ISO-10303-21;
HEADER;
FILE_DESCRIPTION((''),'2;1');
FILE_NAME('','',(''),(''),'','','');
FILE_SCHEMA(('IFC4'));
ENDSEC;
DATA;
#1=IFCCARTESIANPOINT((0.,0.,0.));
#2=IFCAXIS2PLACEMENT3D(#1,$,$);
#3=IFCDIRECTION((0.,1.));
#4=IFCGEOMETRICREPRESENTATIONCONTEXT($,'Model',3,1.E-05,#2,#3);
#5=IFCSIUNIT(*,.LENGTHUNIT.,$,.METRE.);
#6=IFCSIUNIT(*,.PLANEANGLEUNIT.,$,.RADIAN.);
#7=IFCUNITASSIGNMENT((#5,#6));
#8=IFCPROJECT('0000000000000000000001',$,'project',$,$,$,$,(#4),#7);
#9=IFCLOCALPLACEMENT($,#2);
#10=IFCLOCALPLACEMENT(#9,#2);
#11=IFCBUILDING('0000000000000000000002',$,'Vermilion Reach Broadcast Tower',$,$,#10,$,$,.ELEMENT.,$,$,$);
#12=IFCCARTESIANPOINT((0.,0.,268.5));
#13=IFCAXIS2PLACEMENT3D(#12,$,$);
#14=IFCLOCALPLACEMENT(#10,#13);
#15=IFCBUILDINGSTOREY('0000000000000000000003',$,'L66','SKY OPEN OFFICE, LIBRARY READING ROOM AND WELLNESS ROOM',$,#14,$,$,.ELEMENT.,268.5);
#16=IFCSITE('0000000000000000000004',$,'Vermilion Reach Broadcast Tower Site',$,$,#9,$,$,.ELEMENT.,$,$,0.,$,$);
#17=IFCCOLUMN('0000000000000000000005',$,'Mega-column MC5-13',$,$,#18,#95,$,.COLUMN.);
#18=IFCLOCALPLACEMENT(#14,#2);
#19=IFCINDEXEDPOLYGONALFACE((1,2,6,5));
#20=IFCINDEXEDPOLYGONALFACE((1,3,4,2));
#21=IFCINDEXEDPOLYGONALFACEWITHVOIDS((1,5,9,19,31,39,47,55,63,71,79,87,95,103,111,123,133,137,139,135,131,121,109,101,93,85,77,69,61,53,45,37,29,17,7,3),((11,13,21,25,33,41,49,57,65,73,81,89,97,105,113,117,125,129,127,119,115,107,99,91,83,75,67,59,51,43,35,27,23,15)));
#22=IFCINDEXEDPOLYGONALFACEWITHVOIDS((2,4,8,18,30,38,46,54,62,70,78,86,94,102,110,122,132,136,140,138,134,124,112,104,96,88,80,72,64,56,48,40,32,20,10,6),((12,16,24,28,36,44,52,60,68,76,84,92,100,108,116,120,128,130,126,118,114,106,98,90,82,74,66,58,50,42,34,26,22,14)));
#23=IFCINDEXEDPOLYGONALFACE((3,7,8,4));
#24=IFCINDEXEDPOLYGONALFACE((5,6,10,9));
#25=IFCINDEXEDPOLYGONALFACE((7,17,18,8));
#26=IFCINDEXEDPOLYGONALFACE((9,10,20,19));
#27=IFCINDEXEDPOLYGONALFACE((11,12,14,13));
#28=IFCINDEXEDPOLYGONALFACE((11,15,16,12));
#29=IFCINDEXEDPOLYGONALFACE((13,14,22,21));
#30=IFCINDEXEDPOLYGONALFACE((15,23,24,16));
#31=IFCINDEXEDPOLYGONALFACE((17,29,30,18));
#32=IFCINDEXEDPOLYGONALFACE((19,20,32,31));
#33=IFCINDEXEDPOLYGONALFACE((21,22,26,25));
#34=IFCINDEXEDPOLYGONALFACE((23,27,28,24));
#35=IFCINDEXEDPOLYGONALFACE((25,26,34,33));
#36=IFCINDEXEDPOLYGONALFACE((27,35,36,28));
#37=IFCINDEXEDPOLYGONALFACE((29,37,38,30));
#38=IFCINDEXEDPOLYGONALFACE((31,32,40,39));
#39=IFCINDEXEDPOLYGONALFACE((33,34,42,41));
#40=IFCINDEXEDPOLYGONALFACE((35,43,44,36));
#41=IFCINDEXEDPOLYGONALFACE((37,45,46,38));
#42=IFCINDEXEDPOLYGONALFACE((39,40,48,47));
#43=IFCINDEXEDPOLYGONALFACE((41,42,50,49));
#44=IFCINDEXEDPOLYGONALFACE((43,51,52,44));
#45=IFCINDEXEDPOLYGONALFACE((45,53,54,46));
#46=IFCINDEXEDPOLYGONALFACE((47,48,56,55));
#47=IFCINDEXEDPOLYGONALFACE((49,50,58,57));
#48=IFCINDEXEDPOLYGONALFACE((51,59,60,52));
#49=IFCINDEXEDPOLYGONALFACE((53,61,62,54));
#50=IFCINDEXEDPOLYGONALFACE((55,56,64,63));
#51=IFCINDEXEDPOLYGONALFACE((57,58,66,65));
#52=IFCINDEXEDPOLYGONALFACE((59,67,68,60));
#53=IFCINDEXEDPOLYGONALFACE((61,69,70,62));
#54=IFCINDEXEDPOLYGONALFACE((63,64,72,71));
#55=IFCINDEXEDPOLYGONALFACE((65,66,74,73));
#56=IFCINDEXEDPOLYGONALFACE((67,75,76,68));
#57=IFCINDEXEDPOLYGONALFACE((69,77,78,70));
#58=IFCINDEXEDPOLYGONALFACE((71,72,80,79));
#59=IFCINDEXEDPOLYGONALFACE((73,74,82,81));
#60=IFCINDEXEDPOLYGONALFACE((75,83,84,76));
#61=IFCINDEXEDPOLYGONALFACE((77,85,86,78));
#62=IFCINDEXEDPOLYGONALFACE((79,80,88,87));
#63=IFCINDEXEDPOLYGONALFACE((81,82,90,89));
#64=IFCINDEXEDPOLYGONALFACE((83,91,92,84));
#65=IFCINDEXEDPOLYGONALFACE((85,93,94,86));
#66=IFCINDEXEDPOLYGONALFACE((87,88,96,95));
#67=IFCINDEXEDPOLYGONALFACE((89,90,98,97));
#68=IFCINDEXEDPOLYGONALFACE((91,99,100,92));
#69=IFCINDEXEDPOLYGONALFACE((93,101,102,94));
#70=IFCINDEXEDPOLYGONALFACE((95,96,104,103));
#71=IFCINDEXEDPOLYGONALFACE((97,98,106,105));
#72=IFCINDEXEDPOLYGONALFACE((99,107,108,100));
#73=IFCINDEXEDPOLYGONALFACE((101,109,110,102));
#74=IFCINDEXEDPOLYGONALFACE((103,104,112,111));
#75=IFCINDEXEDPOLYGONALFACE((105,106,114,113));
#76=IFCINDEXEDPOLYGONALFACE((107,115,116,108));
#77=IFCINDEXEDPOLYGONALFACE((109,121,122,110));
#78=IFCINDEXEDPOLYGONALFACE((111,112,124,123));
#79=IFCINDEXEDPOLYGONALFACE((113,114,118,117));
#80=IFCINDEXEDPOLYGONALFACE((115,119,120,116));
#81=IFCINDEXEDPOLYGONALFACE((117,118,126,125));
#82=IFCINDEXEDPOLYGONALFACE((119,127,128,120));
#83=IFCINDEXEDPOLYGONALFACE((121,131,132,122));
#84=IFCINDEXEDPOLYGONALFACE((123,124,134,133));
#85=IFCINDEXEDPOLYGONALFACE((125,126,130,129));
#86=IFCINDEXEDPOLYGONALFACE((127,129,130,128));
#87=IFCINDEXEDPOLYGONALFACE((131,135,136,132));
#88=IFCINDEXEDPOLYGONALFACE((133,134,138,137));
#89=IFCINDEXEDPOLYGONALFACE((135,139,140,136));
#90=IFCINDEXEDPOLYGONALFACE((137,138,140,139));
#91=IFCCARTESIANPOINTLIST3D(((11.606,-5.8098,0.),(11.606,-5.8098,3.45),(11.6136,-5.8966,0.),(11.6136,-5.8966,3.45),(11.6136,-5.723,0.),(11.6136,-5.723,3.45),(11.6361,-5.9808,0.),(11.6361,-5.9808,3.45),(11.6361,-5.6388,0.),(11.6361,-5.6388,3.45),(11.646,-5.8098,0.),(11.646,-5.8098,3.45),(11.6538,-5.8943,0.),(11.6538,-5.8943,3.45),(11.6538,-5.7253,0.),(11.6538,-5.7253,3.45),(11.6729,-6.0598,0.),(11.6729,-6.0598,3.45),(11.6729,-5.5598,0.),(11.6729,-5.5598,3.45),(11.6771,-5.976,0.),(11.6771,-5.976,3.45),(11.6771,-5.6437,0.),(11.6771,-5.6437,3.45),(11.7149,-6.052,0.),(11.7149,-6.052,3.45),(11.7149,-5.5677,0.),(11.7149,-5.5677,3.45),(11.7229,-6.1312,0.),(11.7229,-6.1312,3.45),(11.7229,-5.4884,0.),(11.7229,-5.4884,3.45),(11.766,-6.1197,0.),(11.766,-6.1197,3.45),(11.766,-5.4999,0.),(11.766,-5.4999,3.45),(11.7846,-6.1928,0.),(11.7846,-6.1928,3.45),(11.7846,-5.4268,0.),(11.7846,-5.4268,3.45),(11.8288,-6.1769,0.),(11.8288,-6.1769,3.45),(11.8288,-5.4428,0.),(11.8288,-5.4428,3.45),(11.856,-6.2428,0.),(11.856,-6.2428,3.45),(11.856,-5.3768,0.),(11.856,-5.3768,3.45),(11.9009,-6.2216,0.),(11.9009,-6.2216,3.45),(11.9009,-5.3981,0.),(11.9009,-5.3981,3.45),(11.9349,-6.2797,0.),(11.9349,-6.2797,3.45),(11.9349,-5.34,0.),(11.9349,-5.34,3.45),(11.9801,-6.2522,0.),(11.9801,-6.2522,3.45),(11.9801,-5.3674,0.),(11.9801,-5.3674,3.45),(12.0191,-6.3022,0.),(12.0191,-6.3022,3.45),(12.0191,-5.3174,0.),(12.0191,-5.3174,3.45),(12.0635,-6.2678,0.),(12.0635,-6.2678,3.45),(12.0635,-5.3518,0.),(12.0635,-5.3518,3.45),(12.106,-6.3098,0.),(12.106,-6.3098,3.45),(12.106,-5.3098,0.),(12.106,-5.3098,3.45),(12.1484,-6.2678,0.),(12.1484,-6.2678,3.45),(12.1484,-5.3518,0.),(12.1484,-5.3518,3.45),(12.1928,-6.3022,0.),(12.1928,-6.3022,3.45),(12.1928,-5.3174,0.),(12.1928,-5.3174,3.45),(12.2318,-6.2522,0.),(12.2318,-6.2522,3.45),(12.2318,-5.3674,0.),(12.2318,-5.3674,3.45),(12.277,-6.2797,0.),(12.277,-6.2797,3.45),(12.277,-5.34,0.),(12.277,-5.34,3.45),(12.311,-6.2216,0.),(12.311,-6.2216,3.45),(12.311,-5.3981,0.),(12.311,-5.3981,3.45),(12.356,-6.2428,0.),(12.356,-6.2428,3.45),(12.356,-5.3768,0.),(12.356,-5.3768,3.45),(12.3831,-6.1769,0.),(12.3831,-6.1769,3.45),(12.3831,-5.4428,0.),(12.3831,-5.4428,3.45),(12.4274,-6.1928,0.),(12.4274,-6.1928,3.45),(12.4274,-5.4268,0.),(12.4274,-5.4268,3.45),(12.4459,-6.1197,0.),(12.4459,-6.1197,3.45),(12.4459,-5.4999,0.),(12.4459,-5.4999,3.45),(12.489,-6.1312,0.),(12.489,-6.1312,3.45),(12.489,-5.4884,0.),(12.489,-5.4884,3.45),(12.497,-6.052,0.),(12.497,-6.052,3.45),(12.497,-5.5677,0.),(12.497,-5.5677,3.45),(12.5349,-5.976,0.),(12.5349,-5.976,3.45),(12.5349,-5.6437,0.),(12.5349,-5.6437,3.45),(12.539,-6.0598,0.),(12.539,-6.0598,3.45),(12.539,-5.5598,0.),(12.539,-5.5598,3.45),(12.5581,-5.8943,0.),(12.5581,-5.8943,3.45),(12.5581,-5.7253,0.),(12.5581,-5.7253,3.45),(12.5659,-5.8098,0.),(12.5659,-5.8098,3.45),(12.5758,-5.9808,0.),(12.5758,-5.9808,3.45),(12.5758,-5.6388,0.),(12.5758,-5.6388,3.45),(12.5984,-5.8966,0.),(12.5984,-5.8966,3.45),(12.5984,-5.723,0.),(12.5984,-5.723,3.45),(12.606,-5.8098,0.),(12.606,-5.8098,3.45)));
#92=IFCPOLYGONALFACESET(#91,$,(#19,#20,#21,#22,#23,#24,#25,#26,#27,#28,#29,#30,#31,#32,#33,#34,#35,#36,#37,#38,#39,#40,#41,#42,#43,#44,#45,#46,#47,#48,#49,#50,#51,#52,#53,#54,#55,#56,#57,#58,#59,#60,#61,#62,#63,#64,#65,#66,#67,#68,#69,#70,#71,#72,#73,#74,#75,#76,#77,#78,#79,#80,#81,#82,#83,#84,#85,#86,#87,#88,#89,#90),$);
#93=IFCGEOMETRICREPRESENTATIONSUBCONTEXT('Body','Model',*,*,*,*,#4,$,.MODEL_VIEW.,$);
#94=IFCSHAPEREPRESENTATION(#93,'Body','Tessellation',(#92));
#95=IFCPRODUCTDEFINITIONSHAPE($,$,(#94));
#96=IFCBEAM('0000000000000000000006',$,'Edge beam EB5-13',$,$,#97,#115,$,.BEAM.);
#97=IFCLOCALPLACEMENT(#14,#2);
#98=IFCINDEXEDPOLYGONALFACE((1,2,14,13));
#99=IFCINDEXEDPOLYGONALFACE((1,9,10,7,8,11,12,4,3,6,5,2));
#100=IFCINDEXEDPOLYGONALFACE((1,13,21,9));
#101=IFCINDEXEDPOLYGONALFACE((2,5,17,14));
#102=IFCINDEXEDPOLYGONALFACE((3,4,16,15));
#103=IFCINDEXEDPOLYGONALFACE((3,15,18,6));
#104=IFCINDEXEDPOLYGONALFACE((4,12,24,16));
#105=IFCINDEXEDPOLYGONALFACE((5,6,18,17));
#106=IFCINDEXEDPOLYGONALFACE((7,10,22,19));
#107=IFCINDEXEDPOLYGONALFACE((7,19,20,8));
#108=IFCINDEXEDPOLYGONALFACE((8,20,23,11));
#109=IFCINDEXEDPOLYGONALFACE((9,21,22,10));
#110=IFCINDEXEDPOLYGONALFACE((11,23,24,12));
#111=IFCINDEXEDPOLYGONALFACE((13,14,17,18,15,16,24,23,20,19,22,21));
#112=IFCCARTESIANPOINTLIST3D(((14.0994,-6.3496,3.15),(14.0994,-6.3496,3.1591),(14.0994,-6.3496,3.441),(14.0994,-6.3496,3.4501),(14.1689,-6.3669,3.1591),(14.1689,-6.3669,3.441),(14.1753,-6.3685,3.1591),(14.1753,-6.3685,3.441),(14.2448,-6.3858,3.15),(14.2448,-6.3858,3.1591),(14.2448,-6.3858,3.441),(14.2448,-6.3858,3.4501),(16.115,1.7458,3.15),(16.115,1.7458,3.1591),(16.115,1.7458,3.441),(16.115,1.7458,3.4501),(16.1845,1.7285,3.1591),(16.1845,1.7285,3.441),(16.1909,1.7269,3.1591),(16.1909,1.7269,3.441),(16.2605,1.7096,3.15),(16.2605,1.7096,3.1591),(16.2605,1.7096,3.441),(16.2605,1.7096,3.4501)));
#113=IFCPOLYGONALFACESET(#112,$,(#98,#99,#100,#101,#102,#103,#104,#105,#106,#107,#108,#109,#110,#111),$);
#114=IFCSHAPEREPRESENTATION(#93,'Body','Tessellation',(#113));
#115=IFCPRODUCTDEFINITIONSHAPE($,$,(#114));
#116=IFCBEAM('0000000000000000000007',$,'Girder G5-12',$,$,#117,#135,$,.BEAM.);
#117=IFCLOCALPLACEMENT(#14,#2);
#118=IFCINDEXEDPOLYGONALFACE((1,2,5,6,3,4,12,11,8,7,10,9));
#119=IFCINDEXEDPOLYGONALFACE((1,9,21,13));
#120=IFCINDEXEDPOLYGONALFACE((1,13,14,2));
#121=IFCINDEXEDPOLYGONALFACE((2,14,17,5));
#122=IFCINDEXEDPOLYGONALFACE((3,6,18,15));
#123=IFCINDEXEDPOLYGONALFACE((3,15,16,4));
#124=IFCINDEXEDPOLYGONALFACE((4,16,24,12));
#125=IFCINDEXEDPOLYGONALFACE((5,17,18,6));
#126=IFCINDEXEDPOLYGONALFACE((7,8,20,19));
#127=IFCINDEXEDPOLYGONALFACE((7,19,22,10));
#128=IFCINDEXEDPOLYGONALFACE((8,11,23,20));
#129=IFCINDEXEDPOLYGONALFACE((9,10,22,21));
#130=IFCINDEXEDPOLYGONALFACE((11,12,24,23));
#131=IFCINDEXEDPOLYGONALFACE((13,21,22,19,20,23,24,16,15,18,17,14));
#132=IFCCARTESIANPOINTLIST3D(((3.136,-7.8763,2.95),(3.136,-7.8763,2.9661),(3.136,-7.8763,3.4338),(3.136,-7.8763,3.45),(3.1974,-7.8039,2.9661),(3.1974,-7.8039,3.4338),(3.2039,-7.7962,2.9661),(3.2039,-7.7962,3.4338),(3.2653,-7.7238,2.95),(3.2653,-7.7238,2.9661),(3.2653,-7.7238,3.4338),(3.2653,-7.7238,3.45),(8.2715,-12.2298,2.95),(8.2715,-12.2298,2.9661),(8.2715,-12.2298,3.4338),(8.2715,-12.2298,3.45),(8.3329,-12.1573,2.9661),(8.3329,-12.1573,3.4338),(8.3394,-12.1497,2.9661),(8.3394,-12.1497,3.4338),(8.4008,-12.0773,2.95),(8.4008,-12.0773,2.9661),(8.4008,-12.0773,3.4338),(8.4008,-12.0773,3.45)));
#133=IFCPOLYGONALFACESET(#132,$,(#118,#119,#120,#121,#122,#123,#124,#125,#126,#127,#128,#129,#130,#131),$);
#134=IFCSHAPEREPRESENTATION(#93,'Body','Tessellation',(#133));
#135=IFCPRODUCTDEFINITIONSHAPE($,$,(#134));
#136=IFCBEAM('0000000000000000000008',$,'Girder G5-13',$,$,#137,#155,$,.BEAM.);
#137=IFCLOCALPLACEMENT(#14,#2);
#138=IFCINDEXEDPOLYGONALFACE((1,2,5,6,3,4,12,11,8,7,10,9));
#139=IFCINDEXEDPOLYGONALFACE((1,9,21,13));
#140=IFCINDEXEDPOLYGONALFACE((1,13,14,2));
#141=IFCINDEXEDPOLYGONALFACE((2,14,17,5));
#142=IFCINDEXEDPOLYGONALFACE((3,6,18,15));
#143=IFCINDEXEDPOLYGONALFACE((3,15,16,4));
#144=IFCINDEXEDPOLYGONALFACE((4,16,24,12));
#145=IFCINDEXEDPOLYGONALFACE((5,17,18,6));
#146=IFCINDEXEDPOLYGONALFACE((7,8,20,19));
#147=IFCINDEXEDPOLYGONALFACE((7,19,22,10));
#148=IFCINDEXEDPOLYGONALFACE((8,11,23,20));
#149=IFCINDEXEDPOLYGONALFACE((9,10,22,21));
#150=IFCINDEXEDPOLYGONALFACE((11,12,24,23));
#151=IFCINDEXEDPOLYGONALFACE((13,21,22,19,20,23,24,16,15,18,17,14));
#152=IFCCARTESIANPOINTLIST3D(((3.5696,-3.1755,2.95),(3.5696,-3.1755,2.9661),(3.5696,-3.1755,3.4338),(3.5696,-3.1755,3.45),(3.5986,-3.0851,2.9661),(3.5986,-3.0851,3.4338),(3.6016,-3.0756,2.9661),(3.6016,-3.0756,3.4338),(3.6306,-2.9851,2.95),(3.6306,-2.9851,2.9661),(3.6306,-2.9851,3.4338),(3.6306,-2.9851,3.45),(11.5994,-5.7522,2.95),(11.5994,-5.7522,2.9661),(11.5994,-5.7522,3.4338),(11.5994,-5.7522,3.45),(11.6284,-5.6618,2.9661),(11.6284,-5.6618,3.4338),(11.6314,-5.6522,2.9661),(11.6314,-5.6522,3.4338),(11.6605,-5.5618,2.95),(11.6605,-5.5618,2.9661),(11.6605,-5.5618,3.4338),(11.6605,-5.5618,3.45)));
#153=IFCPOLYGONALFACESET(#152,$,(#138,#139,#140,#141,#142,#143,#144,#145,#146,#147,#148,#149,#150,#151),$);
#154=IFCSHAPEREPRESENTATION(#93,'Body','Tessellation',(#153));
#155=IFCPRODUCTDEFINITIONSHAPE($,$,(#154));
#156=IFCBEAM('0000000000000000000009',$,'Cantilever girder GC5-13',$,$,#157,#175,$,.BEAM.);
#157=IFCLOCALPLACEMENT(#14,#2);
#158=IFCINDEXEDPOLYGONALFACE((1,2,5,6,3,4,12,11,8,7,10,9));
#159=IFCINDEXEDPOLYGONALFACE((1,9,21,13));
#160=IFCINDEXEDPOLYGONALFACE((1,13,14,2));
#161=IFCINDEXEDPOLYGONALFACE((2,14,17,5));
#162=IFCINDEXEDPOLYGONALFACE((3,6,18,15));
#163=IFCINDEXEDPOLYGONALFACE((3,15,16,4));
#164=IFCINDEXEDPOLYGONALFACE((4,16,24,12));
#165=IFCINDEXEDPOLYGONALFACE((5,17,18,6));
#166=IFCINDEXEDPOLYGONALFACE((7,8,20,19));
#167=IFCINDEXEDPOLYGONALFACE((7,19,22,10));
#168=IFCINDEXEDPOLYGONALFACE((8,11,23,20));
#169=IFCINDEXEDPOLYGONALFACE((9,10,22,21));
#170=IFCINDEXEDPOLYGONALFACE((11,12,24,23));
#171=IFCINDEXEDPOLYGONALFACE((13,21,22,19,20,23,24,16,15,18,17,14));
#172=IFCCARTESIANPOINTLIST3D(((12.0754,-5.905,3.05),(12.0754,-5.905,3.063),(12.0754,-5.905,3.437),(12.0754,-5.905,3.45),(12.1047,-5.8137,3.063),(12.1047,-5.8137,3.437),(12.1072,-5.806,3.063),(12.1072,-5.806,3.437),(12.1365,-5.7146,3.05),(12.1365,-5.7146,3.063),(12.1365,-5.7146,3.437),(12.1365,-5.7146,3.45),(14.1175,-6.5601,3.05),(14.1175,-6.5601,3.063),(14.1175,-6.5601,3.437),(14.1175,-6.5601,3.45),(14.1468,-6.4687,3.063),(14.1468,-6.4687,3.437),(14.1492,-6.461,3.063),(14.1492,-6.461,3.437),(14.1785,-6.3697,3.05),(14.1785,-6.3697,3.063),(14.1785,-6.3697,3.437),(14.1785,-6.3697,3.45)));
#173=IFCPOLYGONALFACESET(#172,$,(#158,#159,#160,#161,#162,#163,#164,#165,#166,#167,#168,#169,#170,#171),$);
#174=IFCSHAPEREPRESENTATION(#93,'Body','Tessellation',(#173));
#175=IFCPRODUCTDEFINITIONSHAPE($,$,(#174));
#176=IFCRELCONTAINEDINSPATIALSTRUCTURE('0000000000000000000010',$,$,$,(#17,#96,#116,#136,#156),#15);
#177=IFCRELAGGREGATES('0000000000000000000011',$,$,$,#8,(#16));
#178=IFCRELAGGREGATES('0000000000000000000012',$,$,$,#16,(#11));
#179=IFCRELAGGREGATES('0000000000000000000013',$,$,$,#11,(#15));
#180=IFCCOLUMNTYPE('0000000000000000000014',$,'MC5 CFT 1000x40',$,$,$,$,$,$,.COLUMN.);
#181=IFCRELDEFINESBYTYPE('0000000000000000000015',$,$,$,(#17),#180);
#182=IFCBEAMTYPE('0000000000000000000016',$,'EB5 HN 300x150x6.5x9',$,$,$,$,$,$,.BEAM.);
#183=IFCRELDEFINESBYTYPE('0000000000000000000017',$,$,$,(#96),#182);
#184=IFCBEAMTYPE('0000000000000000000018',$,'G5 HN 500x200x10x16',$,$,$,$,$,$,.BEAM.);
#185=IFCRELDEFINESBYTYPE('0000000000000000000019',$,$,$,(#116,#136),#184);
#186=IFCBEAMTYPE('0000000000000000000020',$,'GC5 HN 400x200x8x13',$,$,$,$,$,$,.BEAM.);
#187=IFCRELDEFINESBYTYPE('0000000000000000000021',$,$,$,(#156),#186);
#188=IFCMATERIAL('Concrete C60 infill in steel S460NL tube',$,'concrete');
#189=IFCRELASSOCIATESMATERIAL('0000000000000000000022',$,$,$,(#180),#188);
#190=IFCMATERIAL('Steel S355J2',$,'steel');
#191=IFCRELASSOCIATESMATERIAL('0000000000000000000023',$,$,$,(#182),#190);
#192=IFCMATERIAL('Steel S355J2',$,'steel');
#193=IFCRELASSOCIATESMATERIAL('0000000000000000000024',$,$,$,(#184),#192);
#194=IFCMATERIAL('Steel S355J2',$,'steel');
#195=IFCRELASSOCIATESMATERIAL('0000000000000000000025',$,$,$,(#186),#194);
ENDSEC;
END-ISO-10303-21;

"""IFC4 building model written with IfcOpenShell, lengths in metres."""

from ifc_helpers import new_model, si_unit, direction, frame, origin, origin_2d, place, context, subcontext, project, spatial, hollow_circle, i_section, extrude, material, material_profile, profile_set, type_object, element, save


model = new_model("IFC4")

# Units and contexts
model_context = context("Model", 3, precision=1e-05, world=origin(), true_north=direction((0.0, 1.0)))
body_context = subcontext(model_context, "Body", "Model", "MODEL_VIEW")
ifc_project = project(units=[si_unit("LENGTHUNIT", "METRE"), si_unit("PLANEANGLEUNIT", "RADIAN")], contexts=[model_context])

# Site, building, storey
site_placement = place(None, origin())
site = spatial("IfcSite", under=ifc_project, at=site_placement, Name="Vermilion Reach Broadcast Tower Site", CompositionType="ELEMENT", RefElevation=0.0)
building_placement = place(site_placement, origin())
building = spatial("IfcBuilding", under=site, at=building_placement, Name="Vermilion Reach Broadcast Tower", CompositionType="ELEMENT")
storey_placement = place(building_placement, frame((0.0, 0.0, 268.5)))
storey = spatial("IfcBuildingStorey", under=building, at=storey_placement, Name="L66", Description="SKY OPEN OFFICE, LIBRARY READING ROOM AND WELLNESS ROOM", CompositionType="ELEMENT", Elevation=268.5)

# Column
ifc_material_1 = material(Name="Concrete C60 infill in steel S460NL tube", Category="concrete")
ifc_material_profile_1 = material_profile(ifc_material_1, hollow_circle(Radius=0.5, WallThickness=0.04, at=origin_2d()), Name="Concrete C60 infill in steel S460NL tube CFT 1000x40")
ifc_profile_set_1 = profile_set([ifc_material_profile_1], Name="Concrete C60 infill in steel S460NL tube")
column_type = type_object("IfcColumnType", Name="MC5 CFT 1000x40", PredefinedType="COLUMN", material=ifc_profile_set_1)
column_placement = place(storey_placement, frame((12.106, -5.8098, 0.0), z_axis=(0.0, 0.0, 1.0), x_axis=(1.0, 0.0, 0.0)))
element("IfcColumn", 1, at=column_placement, inside=storey, type_object=column_type, Name="Mega-column MC5-13", PredefinedType="COLUMN", context=body_context, shape_type="SweptSolid", body=[
    extrude(hollow_circle(Radius=0.5, WallThickness=0.04, at=origin_2d()), origin(), (0.0, 0.0, 1.0), 3.45),
])

# Beams
ifc_material_2 = material(Name="Steel S355J2", Category="steel")
ifc_material_profile_2 = material_profile(ifc_material_2, i_section(OverallWidth=0.1499, OverallDepth=0.3, WebThickness=0.0066, FlangeThickness=0.009, at=origin_2d()), Name="S355J2 HN 300x150x6.5x9")
ifc_profile_set_2 = profile_set([ifc_material_profile_2], Name="Steel S355J2")
beam_type_1 = type_object("IfcBeamType", Name="EB5 HN 300x150x6.5x9", PredefinedType="BEAM", material=ifc_profile_set_2)
beam_1_placement = place(storey_placement, frame((14.1721, -6.3677, 3.3), z_axis=(0.241606, 0.970374, 0.0), x_axis=(-0.970374, 0.241606, 0.0)))
element("IfcBeam", 2, at=beam_1_placement, inside=storey, type_object=beam_type_1, Name="Edge beam EB5-13", PredefinedType="BEAM", context=body_context, shape_type="SweptSolid", body=[
    extrude(i_section(OverallWidth=0.1499, OverallDepth=0.3, WebThickness=0.0066, FlangeThickness=0.009, at=origin_2d()), origin(), (0.0, 0.0, 1.0), 8.3425),
])
ifc_material_3 = material(Name="Steel S355J2", Category="steel")
ifc_material_profile_3 = material_profile(ifc_material_3, i_section(OverallWidth=0.2, OverallDepth=0.5, WebThickness=0.01, FlangeThickness=0.0161, at=origin_2d()), Name="S355J2 HN 500x200x10x16")
ifc_profile_set_3 = profile_set([ifc_material_profile_3], Name="Steel S355J2")
beam_type_2 = type_object("IfcBeamType", Name="G5 HN 500x200x10x16", PredefinedType="BEAM", material=ifc_profile_set_3)
beam_2_placement = place(storey_placement, frame((3.2007, -7.8, 3.2), z_axis=(0.762793, -0.646643, 0.0), x_axis=(0.646643, 0.762793, 0.0)))
element("IfcBeam", 3, at=beam_2_placement, inside=storey, type_object=beam_type_2, Name="Girder G5-12", PredefinedType="BEAM", context=body_context, shape_type="SweptSolid", body=[
    extrude(i_section(OverallWidth=0.2, OverallDepth=0.5, WebThickness=0.01, FlangeThickness=0.0161, at=origin_2d()), origin(), (0.0, 0.0, 1.0), 6.7324),
])
beam_3_placement = place(storey_placement, frame((3.6001, -3.0803, 3.2), z_axis=(0.952178, -0.305542, 0.0), x_axis=(0.305542, 0.952178, 0.0)))
element("IfcBeam", 4, at=beam_3_placement, inside=storey, type_object=beam_type_2, Name="Girder G5-13", PredefinedType="BEAM", context=body_context, shape_type="SweptSolid", body=[
    extrude(i_section(OverallWidth=0.2, OverallDepth=0.5, WebThickness=0.01, FlangeThickness=0.0161, at=origin_2d()), origin(), (0.0, 0.0, 1.0), 8.4331),
])
ifc_material_4 = material(Name="Steel S355J2", Category="steel")
ifc_material_profile_4 = material_profile(ifc_material_4, i_section(OverallWidth=0.2, OverallDepth=0.3999, WebThickness=0.0081, FlangeThickness=0.0129, at=origin_2d()), Name="S355J2 HN 400x200x8x13")
ifc_profile_set_4 = profile_set([ifc_material_profile_4], Name="Steel S355J2")
beam_type_3 = type_object("IfcBeamType", Name="GC5 HN 400x200x8x13", PredefinedType="BEAM", material=ifc_profile_set_4)
beam_4_placement = place(storey_placement, frame((12.106, -5.8098, 3.25), z_axis=(0.952208, -0.305449, 0.0), x_axis=(0.305449, 0.952208, 0.0)))
element("IfcBeam", 5, at=beam_4_placement, inside=storey, type_object=beam_type_3, Name="Cantilever girder GC5-13", PredefinedType="BEAM", context=body_context, shape_type="SweptSolid", body=[
    extrude(i_section(OverallWidth=0.2, OverallDepth=0.3999, WebThickness=0.0081, FlangeThickness=0.0129, at=origin_2d()), origin(), (0.0, 0.0, 1.0), 2.1445),
])

save(model, "model.ifc")
